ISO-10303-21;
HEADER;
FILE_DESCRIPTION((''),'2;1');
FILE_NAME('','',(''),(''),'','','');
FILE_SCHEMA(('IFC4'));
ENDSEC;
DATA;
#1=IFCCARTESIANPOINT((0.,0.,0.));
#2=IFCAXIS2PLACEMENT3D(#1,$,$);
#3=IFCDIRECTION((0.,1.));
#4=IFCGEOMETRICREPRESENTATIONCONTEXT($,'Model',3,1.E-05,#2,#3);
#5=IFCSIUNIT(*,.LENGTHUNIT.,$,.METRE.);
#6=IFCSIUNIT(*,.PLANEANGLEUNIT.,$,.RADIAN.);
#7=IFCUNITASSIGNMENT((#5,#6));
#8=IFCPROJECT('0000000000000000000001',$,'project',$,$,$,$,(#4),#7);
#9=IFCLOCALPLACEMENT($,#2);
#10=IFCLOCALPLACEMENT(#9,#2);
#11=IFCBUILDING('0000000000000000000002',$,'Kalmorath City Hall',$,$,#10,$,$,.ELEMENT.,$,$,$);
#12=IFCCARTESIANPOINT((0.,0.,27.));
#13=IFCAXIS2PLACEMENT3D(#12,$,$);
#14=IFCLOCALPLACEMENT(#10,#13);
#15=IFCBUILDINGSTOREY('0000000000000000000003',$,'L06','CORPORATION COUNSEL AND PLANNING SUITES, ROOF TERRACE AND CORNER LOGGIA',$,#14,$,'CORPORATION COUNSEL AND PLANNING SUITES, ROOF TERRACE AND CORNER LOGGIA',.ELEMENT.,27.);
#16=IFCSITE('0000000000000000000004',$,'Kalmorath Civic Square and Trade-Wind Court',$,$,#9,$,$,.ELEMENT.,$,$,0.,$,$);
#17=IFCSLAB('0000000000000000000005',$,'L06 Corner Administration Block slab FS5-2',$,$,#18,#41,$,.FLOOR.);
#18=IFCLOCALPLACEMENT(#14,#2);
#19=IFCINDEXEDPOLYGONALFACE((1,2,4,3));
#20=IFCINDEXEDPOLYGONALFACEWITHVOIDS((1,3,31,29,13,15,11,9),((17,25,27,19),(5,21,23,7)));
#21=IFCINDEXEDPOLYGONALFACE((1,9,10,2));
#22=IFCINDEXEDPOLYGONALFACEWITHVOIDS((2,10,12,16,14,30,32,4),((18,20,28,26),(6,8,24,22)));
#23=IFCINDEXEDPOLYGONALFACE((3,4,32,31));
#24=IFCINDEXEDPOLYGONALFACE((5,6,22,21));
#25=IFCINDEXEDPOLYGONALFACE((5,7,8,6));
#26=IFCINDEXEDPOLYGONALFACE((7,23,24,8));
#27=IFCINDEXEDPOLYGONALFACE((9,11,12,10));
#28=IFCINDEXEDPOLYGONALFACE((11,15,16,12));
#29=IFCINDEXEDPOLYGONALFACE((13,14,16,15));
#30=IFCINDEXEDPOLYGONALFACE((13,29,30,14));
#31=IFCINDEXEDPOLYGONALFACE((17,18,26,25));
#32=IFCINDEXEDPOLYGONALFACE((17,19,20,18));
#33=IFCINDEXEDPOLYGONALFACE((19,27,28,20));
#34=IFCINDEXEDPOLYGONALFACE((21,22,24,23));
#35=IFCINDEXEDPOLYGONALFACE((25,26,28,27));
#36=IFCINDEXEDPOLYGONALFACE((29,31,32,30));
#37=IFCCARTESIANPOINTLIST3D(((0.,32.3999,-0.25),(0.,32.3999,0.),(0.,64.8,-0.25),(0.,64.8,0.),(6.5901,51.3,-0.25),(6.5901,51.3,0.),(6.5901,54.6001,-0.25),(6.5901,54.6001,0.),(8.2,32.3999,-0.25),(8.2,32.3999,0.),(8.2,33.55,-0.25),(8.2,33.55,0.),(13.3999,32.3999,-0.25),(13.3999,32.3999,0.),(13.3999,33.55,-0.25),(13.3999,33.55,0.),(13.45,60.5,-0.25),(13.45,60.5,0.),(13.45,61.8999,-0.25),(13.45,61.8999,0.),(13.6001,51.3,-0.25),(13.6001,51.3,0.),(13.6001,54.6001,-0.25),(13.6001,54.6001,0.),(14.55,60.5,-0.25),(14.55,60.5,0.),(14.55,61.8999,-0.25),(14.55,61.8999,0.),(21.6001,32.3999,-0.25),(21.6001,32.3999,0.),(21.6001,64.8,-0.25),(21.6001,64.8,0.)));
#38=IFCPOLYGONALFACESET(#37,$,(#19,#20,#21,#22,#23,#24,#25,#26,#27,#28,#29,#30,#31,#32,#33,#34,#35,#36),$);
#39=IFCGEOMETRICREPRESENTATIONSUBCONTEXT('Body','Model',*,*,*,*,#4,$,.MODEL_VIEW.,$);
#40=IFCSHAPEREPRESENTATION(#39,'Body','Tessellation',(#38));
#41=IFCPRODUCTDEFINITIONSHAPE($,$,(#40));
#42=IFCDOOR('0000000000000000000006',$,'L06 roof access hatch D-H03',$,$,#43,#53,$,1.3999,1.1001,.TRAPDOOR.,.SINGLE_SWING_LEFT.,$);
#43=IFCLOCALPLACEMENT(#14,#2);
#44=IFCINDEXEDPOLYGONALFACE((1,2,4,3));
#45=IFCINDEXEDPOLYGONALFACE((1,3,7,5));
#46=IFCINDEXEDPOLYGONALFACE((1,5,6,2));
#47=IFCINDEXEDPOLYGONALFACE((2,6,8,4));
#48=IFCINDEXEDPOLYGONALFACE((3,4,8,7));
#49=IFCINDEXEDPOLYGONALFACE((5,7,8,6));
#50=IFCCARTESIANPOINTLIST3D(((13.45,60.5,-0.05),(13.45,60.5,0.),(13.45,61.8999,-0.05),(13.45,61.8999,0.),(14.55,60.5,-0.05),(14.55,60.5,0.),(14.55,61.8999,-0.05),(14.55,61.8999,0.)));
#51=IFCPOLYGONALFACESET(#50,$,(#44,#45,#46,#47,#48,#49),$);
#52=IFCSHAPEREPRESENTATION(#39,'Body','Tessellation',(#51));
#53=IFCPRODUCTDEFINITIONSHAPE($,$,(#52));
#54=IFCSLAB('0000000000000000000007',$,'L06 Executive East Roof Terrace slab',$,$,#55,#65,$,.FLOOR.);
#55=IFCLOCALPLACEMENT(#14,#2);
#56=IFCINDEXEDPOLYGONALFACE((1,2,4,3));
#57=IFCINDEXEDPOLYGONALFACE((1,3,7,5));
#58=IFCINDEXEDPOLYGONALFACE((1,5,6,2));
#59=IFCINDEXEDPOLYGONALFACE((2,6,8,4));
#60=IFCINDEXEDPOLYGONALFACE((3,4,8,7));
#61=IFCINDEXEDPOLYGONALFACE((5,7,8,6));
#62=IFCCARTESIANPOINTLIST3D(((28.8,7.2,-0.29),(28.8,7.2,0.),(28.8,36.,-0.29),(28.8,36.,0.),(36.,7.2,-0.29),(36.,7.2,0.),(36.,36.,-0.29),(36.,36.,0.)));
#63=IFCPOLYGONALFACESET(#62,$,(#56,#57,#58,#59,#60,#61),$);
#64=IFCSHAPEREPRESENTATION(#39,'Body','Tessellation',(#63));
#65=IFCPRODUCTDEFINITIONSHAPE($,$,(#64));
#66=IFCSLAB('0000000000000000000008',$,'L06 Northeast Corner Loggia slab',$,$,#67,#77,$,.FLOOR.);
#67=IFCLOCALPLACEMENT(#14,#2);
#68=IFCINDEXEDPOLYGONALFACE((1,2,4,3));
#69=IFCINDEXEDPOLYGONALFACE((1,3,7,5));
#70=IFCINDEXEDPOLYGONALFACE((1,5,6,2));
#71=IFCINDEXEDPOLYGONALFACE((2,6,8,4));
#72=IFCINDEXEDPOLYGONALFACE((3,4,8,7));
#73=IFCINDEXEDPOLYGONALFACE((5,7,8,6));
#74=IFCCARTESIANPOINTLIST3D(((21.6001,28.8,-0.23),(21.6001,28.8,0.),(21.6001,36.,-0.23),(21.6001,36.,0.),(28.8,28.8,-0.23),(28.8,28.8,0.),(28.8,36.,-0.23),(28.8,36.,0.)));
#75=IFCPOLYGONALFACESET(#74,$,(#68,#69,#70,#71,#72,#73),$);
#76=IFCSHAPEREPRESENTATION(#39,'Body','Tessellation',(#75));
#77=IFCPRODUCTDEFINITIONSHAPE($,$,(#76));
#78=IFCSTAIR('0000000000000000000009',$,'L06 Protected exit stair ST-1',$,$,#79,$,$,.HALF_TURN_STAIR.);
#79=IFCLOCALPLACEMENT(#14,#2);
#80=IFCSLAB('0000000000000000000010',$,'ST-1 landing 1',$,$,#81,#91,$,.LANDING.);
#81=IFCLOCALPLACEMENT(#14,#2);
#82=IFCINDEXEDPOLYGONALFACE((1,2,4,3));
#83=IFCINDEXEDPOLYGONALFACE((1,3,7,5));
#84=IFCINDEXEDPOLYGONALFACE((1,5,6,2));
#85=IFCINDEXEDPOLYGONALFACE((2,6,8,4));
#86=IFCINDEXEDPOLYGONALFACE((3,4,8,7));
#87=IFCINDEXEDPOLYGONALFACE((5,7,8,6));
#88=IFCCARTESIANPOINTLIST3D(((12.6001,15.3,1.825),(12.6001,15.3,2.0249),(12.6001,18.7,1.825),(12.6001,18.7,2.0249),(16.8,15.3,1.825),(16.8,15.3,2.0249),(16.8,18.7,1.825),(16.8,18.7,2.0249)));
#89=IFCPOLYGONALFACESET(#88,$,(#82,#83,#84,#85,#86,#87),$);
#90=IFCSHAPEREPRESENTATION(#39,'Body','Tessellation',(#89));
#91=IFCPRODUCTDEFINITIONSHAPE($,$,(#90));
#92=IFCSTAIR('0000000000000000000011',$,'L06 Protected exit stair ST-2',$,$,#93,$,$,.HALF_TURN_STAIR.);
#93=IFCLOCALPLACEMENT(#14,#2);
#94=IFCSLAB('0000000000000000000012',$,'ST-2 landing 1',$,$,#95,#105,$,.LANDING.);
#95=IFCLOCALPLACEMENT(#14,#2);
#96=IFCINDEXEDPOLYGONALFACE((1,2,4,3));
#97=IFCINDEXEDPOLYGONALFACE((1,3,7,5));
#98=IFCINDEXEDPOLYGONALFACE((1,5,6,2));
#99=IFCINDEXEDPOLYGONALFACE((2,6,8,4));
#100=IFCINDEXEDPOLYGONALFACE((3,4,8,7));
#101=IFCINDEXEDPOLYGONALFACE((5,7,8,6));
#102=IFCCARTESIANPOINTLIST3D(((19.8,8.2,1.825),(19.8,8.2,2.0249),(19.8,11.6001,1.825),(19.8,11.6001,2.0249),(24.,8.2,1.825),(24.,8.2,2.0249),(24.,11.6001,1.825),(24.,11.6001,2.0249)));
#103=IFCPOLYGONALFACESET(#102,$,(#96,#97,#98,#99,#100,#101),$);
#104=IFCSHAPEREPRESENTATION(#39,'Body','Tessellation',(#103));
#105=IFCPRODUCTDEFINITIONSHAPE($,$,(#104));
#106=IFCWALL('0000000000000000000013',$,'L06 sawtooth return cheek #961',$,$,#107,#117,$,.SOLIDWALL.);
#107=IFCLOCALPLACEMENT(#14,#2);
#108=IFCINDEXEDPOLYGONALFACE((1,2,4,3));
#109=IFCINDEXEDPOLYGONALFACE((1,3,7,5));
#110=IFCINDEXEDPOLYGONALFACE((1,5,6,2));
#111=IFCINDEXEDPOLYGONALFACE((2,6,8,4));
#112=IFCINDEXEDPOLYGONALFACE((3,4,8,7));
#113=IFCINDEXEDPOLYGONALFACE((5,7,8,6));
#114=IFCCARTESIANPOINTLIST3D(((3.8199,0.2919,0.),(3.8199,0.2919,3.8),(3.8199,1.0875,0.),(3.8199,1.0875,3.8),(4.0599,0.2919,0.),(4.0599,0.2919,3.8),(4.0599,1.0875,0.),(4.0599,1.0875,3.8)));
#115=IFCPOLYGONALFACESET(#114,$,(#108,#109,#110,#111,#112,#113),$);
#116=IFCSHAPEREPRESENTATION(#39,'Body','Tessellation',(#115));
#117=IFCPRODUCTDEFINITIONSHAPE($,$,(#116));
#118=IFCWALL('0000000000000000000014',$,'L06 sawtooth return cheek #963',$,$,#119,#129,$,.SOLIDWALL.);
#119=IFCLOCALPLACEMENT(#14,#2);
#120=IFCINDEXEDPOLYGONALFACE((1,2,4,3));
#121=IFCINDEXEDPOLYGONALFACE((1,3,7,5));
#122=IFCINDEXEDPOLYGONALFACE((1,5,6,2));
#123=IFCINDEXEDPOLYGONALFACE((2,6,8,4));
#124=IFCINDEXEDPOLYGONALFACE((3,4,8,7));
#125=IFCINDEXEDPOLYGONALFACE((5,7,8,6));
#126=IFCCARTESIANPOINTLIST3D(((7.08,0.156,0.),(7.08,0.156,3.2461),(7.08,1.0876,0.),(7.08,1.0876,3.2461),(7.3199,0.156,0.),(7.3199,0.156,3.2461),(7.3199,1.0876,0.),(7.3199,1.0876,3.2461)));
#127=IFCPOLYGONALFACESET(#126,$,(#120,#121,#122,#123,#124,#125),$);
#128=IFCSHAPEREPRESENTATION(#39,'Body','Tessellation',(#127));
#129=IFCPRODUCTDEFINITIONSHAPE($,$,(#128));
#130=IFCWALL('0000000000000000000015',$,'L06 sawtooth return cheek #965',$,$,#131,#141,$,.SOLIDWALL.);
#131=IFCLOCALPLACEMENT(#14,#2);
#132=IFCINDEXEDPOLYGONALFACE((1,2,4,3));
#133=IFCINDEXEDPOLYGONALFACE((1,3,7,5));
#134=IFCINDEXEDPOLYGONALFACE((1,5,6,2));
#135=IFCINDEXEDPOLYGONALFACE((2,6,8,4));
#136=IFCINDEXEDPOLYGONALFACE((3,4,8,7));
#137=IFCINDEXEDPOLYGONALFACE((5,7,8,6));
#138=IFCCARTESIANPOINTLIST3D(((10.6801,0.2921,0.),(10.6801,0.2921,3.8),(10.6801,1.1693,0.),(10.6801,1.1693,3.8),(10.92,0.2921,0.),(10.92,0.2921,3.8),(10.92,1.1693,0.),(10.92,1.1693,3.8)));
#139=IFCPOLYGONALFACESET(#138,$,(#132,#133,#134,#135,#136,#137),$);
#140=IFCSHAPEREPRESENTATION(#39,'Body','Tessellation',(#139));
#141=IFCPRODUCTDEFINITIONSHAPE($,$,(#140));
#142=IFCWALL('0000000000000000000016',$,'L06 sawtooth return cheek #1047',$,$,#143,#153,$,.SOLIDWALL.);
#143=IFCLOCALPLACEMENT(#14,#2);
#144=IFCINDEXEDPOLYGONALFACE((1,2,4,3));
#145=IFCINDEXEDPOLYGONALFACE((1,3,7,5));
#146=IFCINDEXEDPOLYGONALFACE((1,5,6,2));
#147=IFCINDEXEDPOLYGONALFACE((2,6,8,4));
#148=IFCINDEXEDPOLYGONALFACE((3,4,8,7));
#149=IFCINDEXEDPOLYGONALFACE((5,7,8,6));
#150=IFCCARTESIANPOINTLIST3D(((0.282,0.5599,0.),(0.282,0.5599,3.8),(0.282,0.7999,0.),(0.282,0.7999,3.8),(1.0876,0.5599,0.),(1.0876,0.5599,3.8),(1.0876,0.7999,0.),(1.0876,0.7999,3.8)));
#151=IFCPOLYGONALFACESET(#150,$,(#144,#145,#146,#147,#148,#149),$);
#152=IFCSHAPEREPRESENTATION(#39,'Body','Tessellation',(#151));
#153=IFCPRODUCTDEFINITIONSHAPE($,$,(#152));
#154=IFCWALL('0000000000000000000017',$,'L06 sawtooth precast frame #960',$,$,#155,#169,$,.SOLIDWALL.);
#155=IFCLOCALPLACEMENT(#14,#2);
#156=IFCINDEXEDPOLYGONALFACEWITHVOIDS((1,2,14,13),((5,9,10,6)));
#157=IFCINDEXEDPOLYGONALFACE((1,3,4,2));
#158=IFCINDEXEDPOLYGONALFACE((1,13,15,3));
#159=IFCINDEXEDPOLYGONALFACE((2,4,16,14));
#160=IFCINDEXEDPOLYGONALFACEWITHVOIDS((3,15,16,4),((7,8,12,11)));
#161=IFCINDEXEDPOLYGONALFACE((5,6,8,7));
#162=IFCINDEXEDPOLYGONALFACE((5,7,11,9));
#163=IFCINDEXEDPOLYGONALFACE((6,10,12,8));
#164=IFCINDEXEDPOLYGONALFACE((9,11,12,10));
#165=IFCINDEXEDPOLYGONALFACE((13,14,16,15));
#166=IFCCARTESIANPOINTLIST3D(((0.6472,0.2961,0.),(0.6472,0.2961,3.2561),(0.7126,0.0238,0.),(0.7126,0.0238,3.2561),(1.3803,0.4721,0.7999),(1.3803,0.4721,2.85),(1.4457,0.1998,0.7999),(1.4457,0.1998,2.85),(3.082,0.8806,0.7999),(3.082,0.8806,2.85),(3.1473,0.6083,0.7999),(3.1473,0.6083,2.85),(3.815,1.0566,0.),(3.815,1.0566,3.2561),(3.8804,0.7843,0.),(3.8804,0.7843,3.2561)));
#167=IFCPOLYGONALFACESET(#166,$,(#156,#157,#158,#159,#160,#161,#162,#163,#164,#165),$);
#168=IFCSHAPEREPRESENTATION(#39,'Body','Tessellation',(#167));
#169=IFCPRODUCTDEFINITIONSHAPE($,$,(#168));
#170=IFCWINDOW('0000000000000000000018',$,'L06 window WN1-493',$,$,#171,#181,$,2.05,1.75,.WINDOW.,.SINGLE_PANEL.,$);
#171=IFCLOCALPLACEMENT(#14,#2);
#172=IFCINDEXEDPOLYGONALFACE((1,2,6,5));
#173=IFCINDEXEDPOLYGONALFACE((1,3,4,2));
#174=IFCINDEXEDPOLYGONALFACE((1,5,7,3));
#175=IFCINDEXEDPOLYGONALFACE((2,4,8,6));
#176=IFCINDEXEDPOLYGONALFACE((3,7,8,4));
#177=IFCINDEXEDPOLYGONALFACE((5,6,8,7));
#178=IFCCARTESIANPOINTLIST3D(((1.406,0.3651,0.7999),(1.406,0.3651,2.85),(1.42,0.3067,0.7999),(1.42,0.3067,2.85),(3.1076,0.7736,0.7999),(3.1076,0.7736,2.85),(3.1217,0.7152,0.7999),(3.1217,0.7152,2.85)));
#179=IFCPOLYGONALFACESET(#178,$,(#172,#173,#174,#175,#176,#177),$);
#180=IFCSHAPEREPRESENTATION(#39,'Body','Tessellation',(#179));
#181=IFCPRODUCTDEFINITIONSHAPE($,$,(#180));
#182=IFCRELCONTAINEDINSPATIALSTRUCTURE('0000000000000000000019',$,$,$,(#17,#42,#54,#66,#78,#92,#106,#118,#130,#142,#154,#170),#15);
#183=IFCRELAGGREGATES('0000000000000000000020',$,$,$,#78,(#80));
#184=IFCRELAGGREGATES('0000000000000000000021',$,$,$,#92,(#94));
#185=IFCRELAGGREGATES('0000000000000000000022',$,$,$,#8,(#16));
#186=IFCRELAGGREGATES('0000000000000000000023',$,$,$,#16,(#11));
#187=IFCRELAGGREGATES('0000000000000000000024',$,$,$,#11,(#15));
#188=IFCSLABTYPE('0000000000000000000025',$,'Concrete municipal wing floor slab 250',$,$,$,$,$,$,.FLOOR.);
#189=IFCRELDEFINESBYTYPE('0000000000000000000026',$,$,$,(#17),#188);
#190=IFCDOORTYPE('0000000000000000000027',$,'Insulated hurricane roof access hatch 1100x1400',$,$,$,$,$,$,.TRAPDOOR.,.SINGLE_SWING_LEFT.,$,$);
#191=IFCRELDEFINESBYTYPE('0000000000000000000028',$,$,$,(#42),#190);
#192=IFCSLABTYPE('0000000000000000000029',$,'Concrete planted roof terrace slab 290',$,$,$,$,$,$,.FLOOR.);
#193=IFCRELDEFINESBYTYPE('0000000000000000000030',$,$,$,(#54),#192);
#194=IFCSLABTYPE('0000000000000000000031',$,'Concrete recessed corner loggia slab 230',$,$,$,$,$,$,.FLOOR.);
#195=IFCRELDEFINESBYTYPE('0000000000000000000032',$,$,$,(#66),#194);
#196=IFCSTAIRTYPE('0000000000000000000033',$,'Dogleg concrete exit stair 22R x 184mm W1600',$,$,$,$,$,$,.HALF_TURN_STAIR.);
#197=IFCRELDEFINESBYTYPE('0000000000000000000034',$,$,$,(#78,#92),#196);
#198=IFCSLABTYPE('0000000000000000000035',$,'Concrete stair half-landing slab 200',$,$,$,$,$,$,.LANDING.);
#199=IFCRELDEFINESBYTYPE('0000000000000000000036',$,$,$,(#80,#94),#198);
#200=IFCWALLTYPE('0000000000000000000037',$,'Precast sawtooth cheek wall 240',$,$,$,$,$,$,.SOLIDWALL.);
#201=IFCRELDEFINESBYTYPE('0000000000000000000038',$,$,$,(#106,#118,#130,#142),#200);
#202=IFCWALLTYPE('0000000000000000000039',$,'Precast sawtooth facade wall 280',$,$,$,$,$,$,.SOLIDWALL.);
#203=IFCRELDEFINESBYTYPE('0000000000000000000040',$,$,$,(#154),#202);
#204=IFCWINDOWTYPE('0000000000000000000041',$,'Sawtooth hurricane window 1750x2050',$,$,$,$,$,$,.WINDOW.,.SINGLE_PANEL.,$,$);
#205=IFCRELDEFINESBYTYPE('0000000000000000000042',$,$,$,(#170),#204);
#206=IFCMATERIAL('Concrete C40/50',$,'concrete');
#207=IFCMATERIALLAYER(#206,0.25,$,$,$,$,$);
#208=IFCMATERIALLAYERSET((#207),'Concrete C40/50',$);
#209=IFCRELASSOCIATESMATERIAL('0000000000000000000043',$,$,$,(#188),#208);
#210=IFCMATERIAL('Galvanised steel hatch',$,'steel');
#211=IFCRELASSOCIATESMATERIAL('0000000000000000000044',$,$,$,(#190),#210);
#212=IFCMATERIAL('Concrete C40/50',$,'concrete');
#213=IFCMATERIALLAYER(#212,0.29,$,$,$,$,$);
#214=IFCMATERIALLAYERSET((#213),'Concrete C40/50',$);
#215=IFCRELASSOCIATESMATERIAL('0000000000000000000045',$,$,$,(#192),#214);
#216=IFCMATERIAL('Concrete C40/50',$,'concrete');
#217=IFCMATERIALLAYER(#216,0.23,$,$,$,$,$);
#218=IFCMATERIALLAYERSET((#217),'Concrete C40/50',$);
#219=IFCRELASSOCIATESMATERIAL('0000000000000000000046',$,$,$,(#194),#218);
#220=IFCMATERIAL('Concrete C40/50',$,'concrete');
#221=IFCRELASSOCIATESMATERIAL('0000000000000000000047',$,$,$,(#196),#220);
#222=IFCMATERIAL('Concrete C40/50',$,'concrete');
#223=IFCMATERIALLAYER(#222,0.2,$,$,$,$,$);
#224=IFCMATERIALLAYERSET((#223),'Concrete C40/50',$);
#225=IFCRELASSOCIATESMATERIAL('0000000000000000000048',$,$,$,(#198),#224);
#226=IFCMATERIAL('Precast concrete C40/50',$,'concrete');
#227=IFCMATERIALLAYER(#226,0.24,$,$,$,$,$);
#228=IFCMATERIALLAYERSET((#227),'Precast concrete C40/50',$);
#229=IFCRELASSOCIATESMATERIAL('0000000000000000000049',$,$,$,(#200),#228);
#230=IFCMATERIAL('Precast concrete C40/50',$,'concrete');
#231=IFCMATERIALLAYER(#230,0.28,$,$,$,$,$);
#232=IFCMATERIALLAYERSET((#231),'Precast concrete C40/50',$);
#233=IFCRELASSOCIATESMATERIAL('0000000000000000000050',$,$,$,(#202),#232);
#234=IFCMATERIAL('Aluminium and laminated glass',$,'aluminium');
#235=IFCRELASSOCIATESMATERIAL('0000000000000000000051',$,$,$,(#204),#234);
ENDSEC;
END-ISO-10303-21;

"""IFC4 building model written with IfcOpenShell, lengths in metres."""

from ifc_helpers import new_model, si_unit, direction, frame, frame_2d, origin, origin_2d, place, context, subcontext, project, spatial, polyline, rectangle, outline, extrude, material, layer, layer_set, type_object, element, fill, aggregate, save


model = new_model("IFC4")

# Units and contexts
model_context = context("Model", 3, precision=1e-05, world=origin(), true_north=direction((0.0, 1.0)))
body_context = subcontext(model_context, "Body", "Model", "MODEL_VIEW")
ifc_project = project(units=[si_unit("LENGTHUNIT", "METRE"), si_unit("PLANEANGLEUNIT", "RADIAN")], contexts=[model_context])

# Site, building, storey
site_placement = place(None, origin())
site = spatial("IfcSite", under=ifc_project, at=site_placement, Name="Kalmorath Civic Square and Trade-Wind Court", CompositionType="ELEMENT", RefElevation=0.0)
building_placement = place(site_placement, origin())
building = spatial("IfcBuilding", under=site, at=building_placement, Name="Kalmorath City Hall", CompositionType="ELEMENT")
storey_placement = place(building_placement, frame((0.0, 0.0, 27.0)))
storey = spatial("IfcBuildingStorey", under=building, at=storey_placement, Name="L06", Description="CORPORATION COUNSEL AND PLANNING SUITES, ROOF TERRACE AND CORNER LOGGIA", LongName="CORPORATION COUNSEL AND PLANNING SUITES, ROOF TERRACE AND CORNER LOGGIA", CompositionType="ELEMENT", Elevation=27.0)

# Shared definitions
ifc_material_1 = material(Name="Concrete C40/50", Category="concrete")
ifc_layer_1 = layer(ifc_material_1, 0.25)
ifc_layer_set_1 = layer_set([ifc_layer_1], Name="Concrete C40/50")
slab_type_1 = type_object("IfcSlabType", Name="Concrete municipal wing floor slab 250", PredefinedType="FLOOR", material=ifc_layer_set_1)

# Slab, opening, door
slab_1_placement = place(storey_placement, frame((0.0, 0.0, -0.25)))
slab_1 = element("IfcSlab", 1, at=slab_1_placement, inside=storey, type_object=slab_type_1, Name="L06 Corner Administration Block slab FS5-2", PredefinedType="FLOOR", context=body_context, shape_type="SweptSolid", body=[
    extrude(outline(polyline([(21.6001, 64.8), (21.6001, 32.3999), (13.3999, 32.3999), (13.3999, 33.55), (8.2, 33.55), (8.2, 32.3999), (0.0, 32.3999), (0.0, 64.8), (21.6001, 64.8)]), holes=[polyline([(6.5901, 51.3), (13.6001, 51.3), (13.6001, 54.6001), (6.5901, 54.6001), (6.5901, 51.3)])]), origin(), (0.0, 0.0, 1.0), 0.25),
])
opening_1_placement = place(slab_1_placement, frame((14.0, 61.2, 0.0)))
opening_1 = element("IfcOpeningElement", 2, at=opening_1_placement, cuts=slab_1, PredefinedType="OPENING", context=body_context, shape_type="SweptSolid", body=[
    extrude(rectangle(XDim=1.1001, YDim=1.3999, at=origin_2d()), origin(), (0.0, 0.0, 1.0), 0.25),
])
ifc_material_2 = material(Name="Galvanised steel hatch", Category="steel")
door_type = type_object("IfcDoorType", Name="Insulated hurricane roof access hatch 1100x1400", OperationType="SINGLE_SWING_LEFT", PredefinedType="TRAPDOOR", material=ifc_material_2)
door_placement = place(opening_1_placement, frame((0.0, 0.0, 0.2)))
door = element("IfcDoor", 3, at=door_placement, inside=storey, type_object=door_type, Name="L06 roof access hatch D-H03", OperationType="SINGLE_SWING_LEFT", OverallHeight=1.3999, OverallWidth=1.1001, PredefinedType="TRAPDOOR", context=body_context, shape_type="SweptSolid", body=[
    extrude(rectangle(XDim=1.1001, YDim=1.3999, at=origin_2d()), origin(), (0.0, 0.0, 1.0), 0.05),
])
fill(opening_1, door)

# Slabs
ifc_material_3 = material(Name="Concrete C40/50", Category="concrete")
ifc_layer_2 = layer(ifc_material_3, 0.29)
ifc_layer_set_2 = layer_set([ifc_layer_2], Name="Concrete C40/50")
slab_type_2 = type_object("IfcSlabType", Name="Concrete planted roof terrace slab 290", PredefinedType="FLOOR", material=ifc_layer_set_2)
slab_2_placement = place(storey_placement, frame((0.0, 0.0, -0.29)))
element("IfcSlab", 4, at=slab_2_placement, inside=storey, type_object=slab_type_2, Name="L06 Executive East Roof Terrace slab", PredefinedType="FLOOR", context=body_context, shape_type="SweptSolid", body=[
    extrude(outline(polyline([(28.8, 7.2), (36.0, 7.2), (36.0, 36.0), (28.8, 36.0), (28.8, 7.2)])), origin(), (0.0, 0.0, 1.0), 0.29),
])
ifc_material_4 = material(Name="Concrete C40/50", Category="concrete")
ifc_layer_3 = layer(ifc_material_4, 0.23)
ifc_layer_set_3 = layer_set([ifc_layer_3], Name="Concrete C40/50")
slab_type_3 = type_object("IfcSlabType", Name="Concrete recessed corner loggia slab 230", PredefinedType="FLOOR", material=ifc_layer_set_3)
slab_3_placement = place(storey_placement, frame((0.0, 0.0, -0.23)))
element("IfcSlab", 5, at=slab_3_placement, inside=storey, type_object=slab_type_3, Name="L06 Northeast Corner Loggia slab", PredefinedType="FLOOR", context=body_context, shape_type="SweptSolid", body=[
    extrude(outline(polyline([(21.6001, 28.8), (28.8, 28.8), (28.8, 36.0), (21.6001, 36.0), (21.6001, 28.8)])), origin(), (0.0, 0.0, 1.0), 0.23),
])

# Stairs, slabs
ifc_material_5 = material(Name="Concrete C40/50", Category="concrete")
stair_type = type_object("IfcStairType", Name="Dogleg concrete exit stair 22R x 184mm W1600", PredefinedType="HALF_TURN_STAIR", material=ifc_material_5)
stair_1_placement = place(storey_placement, origin())
stair_1 = element("IfcStair", 6, at=stair_1_placement, inside=storey, type_object=stair_type, Name="L06 Protected exit stair ST-1", PredefinedType="HALF_TURN_STAIR")
ifc_material_6 = material(Name="Concrete C40/50", Category="concrete")
ifc_layer_4 = layer(ifc_material_6, 0.2)
ifc_layer_set_4 = layer_set([ifc_layer_4], Name="Concrete C40/50")
slab_type_4 = type_object("IfcSlabType", Name="Concrete stair half-landing slab 200", PredefinedType="LANDING", material=ifc_layer_set_4)
slab_4_placement = place(storey_placement, frame((0.0, 0.0, 1.825)))
slab_4 = element("IfcSlab", 7, at=slab_4_placement, type_object=slab_type_4, Name="ST-1 landing 1", PredefinedType="LANDING", context=body_context, shape_type="SweptSolid", body=[
    extrude(outline(polyline([(12.6001, 15.3), (16.8, 15.3), (16.8, 18.7), (12.6001, 18.7), (12.6001, 15.3)])), origin(), (0.0, 0.0, 1.0), 0.2),
])
aggregate(stair_1, [slab_4])
stair_2_placement = place(storey_placement, origin())
stair_2 = element("IfcStair", 8, at=stair_2_placement, inside=storey, type_object=stair_type, Name="L06 Protected exit stair ST-2", PredefinedType="HALF_TURN_STAIR")
slab_5_placement = place(storey_placement, frame((0.0, 0.0, 1.825)))
slab_5 = element("IfcSlab", 9, at=slab_5_placement, type_object=slab_type_4, Name="ST-2 landing 1", PredefinedType="LANDING", context=body_context, shape_type="SweptSolid", body=[
    extrude(outline(polyline([(19.8, 8.2), (24.0, 8.2), (24.0, 11.6001), (19.8, 11.6001), (19.8, 8.2)])), origin(), (0.0, 0.0, 1.0), 0.2),
])
aggregate(stair_2, [slab_5])

# Walls
ifc_material_7 = material(Name="Precast concrete C40/50", Category="concrete")
ifc_layer_5 = layer(ifc_material_7, 0.24)
ifc_layer_set_5 = layer_set([ifc_layer_5], Name="Precast concrete C40/50")
wall_type_1 = type_object("IfcWallType", Name="Precast sawtooth cheek wall 240", PredefinedType="SOLIDWALL", material=ifc_layer_set_5)
wall_1_placement = place(storey_placement, frame((3.9399, 1.0876, 0.0), z_axis=(0.0, 0.0, 1.0), x_axis=(0.0, -1.0, 0.0)))
element("IfcWall", 10, at=wall_1_placement, inside=storey, type_object=wall_type_1, Name="L06 sawtooth return cheek #961", PredefinedType="SOLIDWALL", context=body_context, shape_type="SweptSolid", body=[
    extrude(rectangle(XDim=0.7957, YDim=0.24, at=frame_2d((0.3979, 0.0))), origin(), (0.0, 0.0, 1.0), 3.8),
])
wall_2_placement = place(storey_placement, frame((7.2, 1.0876, 0.0), z_axis=(0.0, 0.0, 1.0), x_axis=(0.0, -1.0, 0.0)))
element("IfcWall", 11, at=wall_2_placement, inside=storey, type_object=wall_type_1, Name="L06 sawtooth return cheek #963", PredefinedType="SOLIDWALL", context=body_context, shape_type="SweptSolid", body=[
    extrude(rectangle(XDim=0.9316, YDim=0.24, at=frame_2d((0.4658, 0.0))), origin(), (0.0, 0.0, 1.0), 3.2461),
])
wall_3_placement = place(storey_placement, frame((10.8, 1.1692, 0.0), z_axis=(0.0, 0.0, 1.0), x_axis=(0.0, -1.0, 0.0)))
element("IfcWall", 12, at=wall_3_placement, inside=storey, type_object=wall_type_1, Name="L06 sawtooth return cheek #965", PredefinedType="SOLIDWALL", context=body_context, shape_type="SweptSolid", body=[
    extrude(rectangle(XDim=0.8772, YDim=0.24, at=frame_2d((0.4385, 0.0))), origin(), (0.0, 0.0, 1.0), 3.8),
])
wall_4_placement = place(storey_placement, frame((1.0876, 0.6799, 0.0), z_axis=(0.0, 0.0, 1.0), x_axis=(-1.0, 0.0, 0.0)))
element("IfcWall", 13, at=wall_4_placement, inside=storey, type_object=wall_type_1, Name="L06 sawtooth return cheek #1047", PredefinedType="SOLIDWALL", context=body_context, shape_type="SweptSolid", body=[
    extrude(rectangle(XDim=0.8057, YDim=0.24, at=frame_2d((0.4028, 0.0))), origin(), (0.0, 0.0, 1.0), 3.8),
])

# Wall, opening, window
ifc_material_8 = material(Name="Precast concrete C40/50", Category="concrete")
ifc_layer_6 = layer(ifc_material_8, 0.28)
ifc_layer_set_6 = layer_set([ifc_layer_6], Name="Precast concrete C40/50")
wall_type_2 = type_object("IfcWallType", Name="Precast sawtooth facade wall 280", PredefinedType="SOLIDWALL", material=ifc_layer_set_6)
wall_5_placement = place(storey_placement, frame((0.6799, 0.1599, 0.0), z_axis=(0.0, 0.0, 1.0), x_axis=(0.97237, 0.233444, 0.0)))
wall_5 = element("IfcWall", 14, at=wall_5_placement, inside=storey, type_object=wall_type_2, Name="L06 sawtooth precast frame #960", PredefinedType="SOLIDWALL", context=body_context, shape_type="SweptSolid", body=[
    extrude(rectangle(XDim=3.2578, YDim=0.28, at=frame_2d((1.6289, 0.0))), origin(), (0.0, 0.0, 1.0), 3.2561),
])
opening_2_placement = place(wall_5_placement, frame((0.7539, 0.0, 0.8)))
opening_2 = element("IfcOpeningElement", 15, at=opening_2_placement, cuts=wall_5, PredefinedType="OPENING", context=body_context, shape_type="SweptSolid", body=[
    extrude(rectangle(XDim=1.75, YDim=2.05, at=frame_2d((0.875, 1.0249))), frame((0.0, 0.1499, 0.0), z_axis=(0.0, -1.0, 0.0), x_axis=(1.0, 0.0, 0.0)), (0.0, 0.0, 1.0), 0.3),
])
ifc_material_9 = material(Name="Aluminium and laminated glass", Category="aluminium")
window_type = type_object("IfcWindowType", Name="Sawtooth hurricane window 1750x2050", PartitioningType="SINGLE_PANEL", PredefinedType="WINDOW", material=ifc_material_9)
window_1_placement = place(opening_2_placement, origin())
window_1 = element("IfcWindow", 16, at=window_1_placement, inside=storey, type_object=window_type, Name="L06 window WN1-493", OverallHeight=2.05, OverallWidth=1.75, PartitioningType="SINGLE_PANEL", PredefinedType="WINDOW", context=body_context, shape_type="SweptSolid", body=[
    extrude(rectangle(XDim=1.75, YDim=2.05, at=frame_2d((0.875, 1.0249))), frame((0.0, 0.03, 0.0), z_axis=(0.0, -1.0, 0.0), x_axis=(1.0, 0.0, 0.0)), (0.0, 0.0, 1.0), 0.0601),
])
fill(opening_2, window_1)

save(model, "model.ifc")
